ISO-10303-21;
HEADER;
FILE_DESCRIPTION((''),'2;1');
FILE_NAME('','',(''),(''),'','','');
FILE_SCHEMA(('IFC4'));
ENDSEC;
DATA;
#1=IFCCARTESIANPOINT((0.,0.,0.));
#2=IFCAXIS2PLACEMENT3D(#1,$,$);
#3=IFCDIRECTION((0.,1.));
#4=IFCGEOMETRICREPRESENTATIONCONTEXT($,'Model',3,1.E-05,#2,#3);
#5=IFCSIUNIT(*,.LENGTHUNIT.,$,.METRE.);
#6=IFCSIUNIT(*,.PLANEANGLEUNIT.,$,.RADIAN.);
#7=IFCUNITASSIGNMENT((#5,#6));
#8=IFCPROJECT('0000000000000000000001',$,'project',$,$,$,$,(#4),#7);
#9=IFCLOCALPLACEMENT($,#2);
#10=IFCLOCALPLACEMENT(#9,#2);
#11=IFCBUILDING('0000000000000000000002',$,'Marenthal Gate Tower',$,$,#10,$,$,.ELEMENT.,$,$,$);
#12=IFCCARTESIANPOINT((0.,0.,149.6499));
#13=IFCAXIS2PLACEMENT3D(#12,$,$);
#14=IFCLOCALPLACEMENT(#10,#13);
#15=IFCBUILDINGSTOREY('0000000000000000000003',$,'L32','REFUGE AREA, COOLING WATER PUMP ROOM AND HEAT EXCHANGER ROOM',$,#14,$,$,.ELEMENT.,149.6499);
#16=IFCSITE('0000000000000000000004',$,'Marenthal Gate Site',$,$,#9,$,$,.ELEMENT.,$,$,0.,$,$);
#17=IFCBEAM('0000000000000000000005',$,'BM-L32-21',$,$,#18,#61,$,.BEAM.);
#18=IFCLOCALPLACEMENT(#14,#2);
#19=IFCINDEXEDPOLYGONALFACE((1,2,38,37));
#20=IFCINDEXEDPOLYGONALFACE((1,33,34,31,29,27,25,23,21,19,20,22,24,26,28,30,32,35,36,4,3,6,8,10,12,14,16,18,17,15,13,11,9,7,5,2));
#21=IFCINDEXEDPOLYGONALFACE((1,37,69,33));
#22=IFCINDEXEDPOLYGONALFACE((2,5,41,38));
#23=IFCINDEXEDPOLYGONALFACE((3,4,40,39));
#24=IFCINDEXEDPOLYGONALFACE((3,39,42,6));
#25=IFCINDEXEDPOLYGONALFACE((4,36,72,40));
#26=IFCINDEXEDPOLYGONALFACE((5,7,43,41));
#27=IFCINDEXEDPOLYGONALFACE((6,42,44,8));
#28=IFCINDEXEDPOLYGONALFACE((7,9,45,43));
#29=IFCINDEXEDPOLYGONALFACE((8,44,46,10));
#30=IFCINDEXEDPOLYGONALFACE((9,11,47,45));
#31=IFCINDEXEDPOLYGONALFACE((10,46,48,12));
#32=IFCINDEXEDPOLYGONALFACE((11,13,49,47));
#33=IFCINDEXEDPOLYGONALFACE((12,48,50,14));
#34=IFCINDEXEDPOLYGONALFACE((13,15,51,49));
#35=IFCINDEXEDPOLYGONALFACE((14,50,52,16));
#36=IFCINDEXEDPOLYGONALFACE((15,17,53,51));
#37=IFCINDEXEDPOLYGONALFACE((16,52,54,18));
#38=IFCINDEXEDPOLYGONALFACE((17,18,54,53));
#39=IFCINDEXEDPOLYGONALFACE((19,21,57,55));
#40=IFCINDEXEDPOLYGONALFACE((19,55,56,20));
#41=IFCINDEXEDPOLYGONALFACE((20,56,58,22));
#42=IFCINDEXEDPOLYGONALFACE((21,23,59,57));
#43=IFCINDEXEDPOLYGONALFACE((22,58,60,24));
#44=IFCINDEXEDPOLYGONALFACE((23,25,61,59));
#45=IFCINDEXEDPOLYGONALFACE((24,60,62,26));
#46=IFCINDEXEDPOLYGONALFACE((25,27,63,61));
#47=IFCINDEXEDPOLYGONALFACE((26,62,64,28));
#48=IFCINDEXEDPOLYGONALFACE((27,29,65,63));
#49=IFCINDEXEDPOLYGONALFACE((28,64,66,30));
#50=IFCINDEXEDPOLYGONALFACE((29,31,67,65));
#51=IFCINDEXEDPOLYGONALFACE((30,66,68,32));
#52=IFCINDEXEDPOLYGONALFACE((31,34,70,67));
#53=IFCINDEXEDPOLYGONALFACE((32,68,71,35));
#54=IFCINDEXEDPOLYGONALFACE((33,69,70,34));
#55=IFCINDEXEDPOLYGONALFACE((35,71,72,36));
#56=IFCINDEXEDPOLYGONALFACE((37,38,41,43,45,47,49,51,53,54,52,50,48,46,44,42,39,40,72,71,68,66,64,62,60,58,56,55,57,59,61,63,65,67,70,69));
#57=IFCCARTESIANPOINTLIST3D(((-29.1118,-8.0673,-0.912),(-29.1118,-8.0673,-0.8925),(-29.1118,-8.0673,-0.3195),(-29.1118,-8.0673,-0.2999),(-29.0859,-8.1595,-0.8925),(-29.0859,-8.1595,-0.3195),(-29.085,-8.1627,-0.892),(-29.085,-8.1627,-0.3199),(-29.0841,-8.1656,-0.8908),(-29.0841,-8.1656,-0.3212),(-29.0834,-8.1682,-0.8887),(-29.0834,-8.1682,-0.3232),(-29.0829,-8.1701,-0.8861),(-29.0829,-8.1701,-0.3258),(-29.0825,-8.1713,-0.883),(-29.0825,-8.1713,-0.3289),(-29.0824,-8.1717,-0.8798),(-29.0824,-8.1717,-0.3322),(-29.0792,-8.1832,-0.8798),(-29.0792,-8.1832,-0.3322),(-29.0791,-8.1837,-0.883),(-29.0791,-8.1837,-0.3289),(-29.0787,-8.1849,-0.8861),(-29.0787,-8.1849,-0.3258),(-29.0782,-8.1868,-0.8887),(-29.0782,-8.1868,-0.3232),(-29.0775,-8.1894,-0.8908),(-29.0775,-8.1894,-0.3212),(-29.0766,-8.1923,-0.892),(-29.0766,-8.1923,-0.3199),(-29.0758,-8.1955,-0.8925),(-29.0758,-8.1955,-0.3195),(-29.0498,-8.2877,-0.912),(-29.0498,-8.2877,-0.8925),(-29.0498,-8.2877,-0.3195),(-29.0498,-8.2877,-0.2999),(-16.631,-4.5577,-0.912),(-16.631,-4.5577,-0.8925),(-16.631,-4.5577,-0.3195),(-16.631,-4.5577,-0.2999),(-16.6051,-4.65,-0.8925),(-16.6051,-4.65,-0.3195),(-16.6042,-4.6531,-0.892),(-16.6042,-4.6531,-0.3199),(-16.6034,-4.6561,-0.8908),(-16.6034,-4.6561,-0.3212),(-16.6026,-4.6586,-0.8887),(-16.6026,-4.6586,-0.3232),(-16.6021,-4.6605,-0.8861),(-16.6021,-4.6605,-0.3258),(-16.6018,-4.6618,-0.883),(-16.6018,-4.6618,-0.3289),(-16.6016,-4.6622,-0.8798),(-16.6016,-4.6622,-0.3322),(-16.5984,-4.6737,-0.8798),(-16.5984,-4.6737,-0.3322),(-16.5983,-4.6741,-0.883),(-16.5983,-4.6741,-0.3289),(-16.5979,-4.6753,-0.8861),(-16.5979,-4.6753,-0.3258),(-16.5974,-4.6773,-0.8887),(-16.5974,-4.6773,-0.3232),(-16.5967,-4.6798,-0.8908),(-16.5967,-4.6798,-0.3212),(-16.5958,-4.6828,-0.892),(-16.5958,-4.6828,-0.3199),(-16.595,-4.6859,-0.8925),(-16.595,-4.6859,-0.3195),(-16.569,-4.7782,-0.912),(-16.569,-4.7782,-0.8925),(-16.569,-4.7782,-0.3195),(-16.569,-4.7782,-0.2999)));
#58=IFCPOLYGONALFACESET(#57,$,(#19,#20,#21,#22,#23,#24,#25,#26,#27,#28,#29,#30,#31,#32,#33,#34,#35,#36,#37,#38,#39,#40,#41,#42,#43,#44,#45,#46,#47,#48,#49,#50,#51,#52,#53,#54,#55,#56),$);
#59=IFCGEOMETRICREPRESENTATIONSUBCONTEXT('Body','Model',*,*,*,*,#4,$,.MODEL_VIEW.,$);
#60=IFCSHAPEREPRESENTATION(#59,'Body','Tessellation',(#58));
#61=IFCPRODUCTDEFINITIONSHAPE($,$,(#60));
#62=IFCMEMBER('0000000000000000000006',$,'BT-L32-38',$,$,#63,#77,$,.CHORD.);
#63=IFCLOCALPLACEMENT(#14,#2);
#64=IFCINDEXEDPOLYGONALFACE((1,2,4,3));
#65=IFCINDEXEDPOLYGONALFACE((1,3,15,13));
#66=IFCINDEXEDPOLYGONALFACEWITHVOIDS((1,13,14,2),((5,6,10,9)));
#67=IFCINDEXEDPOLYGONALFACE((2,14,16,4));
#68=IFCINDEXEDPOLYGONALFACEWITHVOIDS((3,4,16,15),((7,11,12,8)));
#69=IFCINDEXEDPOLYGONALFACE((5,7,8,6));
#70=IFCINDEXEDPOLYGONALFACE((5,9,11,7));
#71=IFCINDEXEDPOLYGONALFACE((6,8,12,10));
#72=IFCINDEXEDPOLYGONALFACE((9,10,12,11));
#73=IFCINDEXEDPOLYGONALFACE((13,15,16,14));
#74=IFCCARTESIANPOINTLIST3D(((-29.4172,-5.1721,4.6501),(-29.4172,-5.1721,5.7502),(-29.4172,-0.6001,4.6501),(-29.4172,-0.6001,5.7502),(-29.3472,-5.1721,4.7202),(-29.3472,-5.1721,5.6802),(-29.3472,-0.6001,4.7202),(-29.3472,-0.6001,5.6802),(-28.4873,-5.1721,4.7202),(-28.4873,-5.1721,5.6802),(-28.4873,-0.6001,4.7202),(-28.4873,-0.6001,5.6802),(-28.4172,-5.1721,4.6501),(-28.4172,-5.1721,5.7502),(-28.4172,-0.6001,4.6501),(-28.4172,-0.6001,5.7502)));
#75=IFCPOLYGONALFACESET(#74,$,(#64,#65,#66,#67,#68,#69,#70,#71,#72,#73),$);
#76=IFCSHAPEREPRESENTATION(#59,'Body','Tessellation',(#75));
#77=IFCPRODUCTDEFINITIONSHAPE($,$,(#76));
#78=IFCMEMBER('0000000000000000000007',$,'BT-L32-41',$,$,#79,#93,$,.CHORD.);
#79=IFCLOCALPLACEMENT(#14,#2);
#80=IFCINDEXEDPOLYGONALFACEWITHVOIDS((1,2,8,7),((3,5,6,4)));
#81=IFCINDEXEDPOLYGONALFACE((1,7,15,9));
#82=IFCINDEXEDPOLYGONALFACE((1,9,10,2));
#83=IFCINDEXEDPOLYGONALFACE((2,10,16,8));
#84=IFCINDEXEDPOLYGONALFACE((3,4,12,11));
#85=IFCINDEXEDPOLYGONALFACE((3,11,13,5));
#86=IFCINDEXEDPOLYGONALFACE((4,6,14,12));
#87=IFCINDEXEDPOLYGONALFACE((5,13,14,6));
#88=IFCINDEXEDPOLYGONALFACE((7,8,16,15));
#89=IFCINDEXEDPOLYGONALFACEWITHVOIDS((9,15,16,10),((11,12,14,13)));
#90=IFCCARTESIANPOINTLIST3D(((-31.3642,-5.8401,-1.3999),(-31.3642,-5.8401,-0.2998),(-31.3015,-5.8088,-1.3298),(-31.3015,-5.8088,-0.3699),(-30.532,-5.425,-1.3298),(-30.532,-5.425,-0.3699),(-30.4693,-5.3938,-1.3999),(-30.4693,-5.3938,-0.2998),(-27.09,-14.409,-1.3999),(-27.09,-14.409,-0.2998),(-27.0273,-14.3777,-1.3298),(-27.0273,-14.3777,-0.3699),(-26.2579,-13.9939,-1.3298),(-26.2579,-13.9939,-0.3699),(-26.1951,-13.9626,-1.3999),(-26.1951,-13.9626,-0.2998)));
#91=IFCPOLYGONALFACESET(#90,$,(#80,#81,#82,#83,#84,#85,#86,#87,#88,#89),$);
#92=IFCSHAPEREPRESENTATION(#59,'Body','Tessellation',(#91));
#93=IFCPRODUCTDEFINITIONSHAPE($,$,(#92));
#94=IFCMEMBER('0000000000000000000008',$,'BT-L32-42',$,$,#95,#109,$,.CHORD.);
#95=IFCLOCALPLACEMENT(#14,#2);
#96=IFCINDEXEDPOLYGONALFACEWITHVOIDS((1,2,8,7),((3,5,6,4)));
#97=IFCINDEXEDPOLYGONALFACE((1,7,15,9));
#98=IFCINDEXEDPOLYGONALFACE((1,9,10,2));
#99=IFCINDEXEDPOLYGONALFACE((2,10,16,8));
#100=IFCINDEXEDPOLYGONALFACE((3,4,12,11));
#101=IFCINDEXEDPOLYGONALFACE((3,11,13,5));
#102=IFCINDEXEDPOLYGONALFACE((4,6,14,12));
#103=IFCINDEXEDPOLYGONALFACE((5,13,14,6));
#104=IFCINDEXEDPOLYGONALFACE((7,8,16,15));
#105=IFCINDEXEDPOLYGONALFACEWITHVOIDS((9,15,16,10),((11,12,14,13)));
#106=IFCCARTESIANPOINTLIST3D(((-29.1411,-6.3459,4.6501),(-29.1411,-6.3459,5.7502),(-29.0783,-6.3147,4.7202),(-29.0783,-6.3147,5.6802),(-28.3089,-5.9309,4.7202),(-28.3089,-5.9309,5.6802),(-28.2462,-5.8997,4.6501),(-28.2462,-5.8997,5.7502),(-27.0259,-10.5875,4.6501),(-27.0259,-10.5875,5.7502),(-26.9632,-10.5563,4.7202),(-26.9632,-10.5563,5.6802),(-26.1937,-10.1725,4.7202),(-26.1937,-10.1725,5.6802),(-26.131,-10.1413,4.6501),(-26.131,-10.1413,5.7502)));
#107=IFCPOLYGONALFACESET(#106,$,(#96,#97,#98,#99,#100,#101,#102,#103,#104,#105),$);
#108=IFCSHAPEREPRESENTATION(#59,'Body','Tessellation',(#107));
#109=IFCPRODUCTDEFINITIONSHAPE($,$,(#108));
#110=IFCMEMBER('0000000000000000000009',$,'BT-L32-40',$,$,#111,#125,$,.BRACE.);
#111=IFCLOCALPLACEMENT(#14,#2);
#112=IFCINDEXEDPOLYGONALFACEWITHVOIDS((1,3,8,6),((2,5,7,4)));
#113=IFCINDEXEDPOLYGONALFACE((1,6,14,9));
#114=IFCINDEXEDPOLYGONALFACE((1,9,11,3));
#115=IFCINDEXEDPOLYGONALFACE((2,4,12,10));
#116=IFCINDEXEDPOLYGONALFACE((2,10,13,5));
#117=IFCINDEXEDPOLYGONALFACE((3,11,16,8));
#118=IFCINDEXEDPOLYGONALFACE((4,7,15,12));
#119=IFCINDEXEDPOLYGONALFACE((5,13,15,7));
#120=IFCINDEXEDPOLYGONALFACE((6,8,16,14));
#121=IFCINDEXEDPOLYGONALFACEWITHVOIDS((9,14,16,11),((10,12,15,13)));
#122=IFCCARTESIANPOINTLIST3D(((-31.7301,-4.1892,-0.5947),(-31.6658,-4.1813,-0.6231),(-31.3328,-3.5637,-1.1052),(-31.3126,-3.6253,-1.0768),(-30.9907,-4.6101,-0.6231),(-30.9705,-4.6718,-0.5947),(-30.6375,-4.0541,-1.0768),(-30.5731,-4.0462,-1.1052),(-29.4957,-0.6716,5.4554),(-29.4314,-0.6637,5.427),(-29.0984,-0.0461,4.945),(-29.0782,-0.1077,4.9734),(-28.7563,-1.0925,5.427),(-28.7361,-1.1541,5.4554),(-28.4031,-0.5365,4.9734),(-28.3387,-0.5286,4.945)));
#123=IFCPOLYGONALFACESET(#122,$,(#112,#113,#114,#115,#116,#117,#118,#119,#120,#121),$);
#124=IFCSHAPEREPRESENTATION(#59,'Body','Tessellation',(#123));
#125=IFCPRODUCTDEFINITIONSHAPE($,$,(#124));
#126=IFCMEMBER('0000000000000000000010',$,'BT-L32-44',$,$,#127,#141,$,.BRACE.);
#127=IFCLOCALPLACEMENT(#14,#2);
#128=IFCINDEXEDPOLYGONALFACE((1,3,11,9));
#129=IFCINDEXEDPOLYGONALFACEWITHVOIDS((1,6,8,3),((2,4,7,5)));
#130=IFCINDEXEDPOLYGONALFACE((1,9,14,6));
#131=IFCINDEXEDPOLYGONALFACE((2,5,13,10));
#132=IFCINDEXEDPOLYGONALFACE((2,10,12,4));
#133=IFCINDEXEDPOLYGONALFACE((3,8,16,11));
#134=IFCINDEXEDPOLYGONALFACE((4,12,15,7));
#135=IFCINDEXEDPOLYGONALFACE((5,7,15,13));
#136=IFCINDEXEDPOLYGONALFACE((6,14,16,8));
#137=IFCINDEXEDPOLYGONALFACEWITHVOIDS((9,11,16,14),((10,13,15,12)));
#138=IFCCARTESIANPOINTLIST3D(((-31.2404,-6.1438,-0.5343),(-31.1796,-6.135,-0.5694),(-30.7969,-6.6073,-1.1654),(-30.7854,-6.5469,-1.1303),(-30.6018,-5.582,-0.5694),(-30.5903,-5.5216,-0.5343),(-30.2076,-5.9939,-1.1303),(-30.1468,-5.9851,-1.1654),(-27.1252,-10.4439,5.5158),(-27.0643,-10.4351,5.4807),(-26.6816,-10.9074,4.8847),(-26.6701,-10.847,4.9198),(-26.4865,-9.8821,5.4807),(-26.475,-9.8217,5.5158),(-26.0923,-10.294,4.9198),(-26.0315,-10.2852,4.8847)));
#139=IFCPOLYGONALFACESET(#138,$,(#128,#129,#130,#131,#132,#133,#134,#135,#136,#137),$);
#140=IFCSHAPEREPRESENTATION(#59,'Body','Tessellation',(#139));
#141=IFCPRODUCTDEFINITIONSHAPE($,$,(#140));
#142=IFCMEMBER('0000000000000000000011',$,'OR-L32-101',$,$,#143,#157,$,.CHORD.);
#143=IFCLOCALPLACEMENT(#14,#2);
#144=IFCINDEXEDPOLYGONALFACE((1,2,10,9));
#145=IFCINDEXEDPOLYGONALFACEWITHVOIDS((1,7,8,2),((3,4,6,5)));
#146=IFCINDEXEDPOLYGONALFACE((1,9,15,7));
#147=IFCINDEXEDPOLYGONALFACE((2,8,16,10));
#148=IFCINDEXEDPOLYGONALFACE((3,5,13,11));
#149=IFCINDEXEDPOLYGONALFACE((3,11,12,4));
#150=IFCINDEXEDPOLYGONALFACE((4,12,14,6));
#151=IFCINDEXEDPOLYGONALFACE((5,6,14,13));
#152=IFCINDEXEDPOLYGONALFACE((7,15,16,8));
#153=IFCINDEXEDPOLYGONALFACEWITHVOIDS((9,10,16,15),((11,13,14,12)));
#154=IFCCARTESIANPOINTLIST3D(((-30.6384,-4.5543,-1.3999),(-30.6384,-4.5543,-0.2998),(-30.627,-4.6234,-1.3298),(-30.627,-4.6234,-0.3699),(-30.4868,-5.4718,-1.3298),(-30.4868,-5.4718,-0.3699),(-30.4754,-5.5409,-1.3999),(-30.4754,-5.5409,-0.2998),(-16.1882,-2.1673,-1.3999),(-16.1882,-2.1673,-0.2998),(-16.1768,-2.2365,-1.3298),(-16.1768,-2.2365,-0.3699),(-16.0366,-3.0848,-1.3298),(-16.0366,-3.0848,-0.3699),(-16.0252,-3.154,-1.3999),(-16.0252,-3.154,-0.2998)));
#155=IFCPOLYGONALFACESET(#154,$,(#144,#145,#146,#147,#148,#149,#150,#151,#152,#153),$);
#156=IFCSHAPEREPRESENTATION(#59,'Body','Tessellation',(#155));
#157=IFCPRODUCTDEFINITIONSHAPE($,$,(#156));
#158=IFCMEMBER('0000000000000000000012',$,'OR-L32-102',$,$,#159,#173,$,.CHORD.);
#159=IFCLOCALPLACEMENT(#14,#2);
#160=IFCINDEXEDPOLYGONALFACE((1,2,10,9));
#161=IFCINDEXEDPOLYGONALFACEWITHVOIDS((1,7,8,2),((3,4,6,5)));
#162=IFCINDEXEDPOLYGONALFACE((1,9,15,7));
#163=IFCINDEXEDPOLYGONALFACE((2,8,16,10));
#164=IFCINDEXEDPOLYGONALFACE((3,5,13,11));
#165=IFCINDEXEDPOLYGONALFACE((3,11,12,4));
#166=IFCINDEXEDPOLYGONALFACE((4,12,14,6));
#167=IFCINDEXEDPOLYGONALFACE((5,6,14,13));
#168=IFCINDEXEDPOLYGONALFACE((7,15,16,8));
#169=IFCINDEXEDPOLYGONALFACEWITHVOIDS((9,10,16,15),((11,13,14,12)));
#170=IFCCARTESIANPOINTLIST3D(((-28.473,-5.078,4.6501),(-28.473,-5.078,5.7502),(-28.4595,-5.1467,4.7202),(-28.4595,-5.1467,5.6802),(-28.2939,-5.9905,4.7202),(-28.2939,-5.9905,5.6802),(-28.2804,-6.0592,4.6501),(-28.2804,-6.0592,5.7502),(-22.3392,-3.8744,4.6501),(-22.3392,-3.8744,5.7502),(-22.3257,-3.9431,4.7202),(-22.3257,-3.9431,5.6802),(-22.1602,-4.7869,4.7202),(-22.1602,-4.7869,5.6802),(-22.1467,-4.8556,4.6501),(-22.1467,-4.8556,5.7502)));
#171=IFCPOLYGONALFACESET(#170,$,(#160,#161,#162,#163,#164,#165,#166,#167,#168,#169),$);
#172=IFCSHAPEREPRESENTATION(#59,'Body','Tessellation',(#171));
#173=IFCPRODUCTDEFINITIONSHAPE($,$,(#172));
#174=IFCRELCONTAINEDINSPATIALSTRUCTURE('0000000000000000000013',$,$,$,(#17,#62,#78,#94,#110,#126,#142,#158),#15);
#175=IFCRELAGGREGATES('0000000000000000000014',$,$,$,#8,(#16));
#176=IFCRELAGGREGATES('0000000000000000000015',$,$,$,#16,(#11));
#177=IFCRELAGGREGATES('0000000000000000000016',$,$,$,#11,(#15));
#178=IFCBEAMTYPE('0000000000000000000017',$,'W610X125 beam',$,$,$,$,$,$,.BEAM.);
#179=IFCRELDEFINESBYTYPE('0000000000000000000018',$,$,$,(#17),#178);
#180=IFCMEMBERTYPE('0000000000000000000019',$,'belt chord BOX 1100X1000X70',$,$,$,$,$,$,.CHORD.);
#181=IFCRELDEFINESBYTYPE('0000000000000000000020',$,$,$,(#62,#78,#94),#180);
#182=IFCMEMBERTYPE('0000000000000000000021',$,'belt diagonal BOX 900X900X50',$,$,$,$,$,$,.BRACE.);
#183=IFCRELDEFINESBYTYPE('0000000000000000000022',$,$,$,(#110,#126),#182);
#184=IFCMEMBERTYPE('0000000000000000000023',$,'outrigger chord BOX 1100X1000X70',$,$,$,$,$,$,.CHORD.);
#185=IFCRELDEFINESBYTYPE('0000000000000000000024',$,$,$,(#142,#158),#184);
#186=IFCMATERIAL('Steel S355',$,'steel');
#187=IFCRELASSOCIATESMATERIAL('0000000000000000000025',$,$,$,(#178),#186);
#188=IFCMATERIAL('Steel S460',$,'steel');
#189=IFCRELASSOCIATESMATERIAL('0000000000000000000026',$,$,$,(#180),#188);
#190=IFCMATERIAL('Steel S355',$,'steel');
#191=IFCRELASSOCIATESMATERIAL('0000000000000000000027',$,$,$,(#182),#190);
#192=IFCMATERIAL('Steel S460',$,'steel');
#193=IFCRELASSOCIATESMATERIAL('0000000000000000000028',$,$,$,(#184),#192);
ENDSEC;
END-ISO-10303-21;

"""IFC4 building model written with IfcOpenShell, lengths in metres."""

from ifc_helpers import new_model, si_unit, direction, frame, origin, origin_2d, place, context, subcontext, project, spatial, hollow_rectangle, i_section, extrude, material, material_profile, profile_set, type_object, element, save


model = new_model("IFC4")

# Units and contexts
model_context = context("Model", 3, precision=1e-05, world=origin(), true_north=direction((0.0, 1.0)))
body_context = subcontext(model_context, "Body", "Model", "MODEL_VIEW")
ifc_project = project(units=[si_unit("LENGTHUNIT", "METRE"), si_unit("PLANEANGLEUNIT", "RADIAN")], contexts=[model_context])

# Site, building, storey
site_placement = place(None, origin())
site = spatial("IfcSite", under=ifc_project, at=site_placement, Name="Marenthal Gate Site", CompositionType="ELEMENT", RefElevation=0.0)
building_placement = place(site_placement, origin())
building = spatial("IfcBuilding", under=site, at=building_placement, Name="Marenthal Gate Tower", CompositionType="ELEMENT")
storey_placement = place(building_placement, frame((0.0, 0.0, 149.6499)))
storey = spatial("IfcBuildingStorey", under=building, at=storey_placement, Name="L32", Description="REFUGE AREA, COOLING WATER PUMP ROOM AND HEAT EXCHANGER ROOM", CompositionType="ELEMENT", Elevation=149.6499)

# Beam
ifc_material_1 = material(Name="Steel S355", Category="steel")
ifc_material_profile_1 = material_profile(ifc_material_1, i_section(OverallWidth=0.229, OverallDepth=0.6121, WebThickness=0.012, FlangeThickness=0.0195, FilletRadius=0.0127, at=origin_2d()), Name="W610X125")
ifc_profile_set_1 = profile_set([ifc_material_profile_1], Name="Steel S355")
beam_type = type_object("IfcBeamType", Name="W610X125 beam", PredefinedType="BEAM", material=ifc_profile_set_1)
beam_placement = place(storey_placement, frame((-29.0808, -8.1775, -0.606), z_axis=(0.962665, 0.270697, 0.0), x_axis=(-0.270697, 0.962665, 0.0)))
element("IfcBeam", 1, at=beam_placement, inside=storey, type_object=beam_type, Name="BM-L32-21", PredefinedType="BEAM", context=body_context, shape_type="SweptSolid", body=[
    extrude(i_section(OverallWidth=0.229, OverallDepth=0.6121, WebThickness=0.012, FlangeThickness=0.0195, FilletRadius=0.0127, at=origin_2d()), origin(), (0.0, 0.0, 1.0), 12.9648),
])

# Members
ifc_material_2 = material(Name="Steel S460", Category="steel")
ifc_material_profile_2 = material_profile(ifc_material_2, hollow_rectangle(XDim=1.0, YDim=1.1001, WallThickness=0.0701, at=origin_2d()), Name="BOX 1100X1000X70")
ifc_profile_set_2 = profile_set([ifc_material_profile_2], Name="Steel S460")
member_type_1 = type_object("IfcMemberType", Name="belt chord BOX 1100X1000X70", PredefinedType="CHORD", material=ifc_profile_set_2)
member_1_placement = place(storey_placement, frame((-28.9172, -0.6001, 5.2002), z_axis=(0.0, -1.0, 0.0), x_axis=(1.0, 0.0, 0.0)))
element("IfcMember", 2, at=member_1_placement, inside=storey, type_object=member_type_1, Name="BT-L32-38", PredefinedType="CHORD", context=body_context, shape_type="SweptSolid", body=[
    extrude(hollow_rectangle(XDim=1.0, YDim=1.1001, WallThickness=0.0701, at=origin_2d()), origin(), (0.0, 0.0, 1.0), 4.572),
])
member_2_placement = place(storey_placement, frame((-30.9167, -5.6169, -0.8499), z_axis=(0.446357, -0.894855, 0.0), x_axis=(0.894855, 0.446357, 0.0)))
element("IfcMember", 3, at=member_2_placement, inside=storey, type_object=member_type_1, Name="BT-L32-41", PredefinedType="CHORD", context=body_context, shape_type="SweptSolid", body=[
    extrude(hollow_rectangle(XDim=1.0, YDim=1.1001, WallThickness=0.0701, at=origin_2d()), origin(), (0.0, 0.0, 1.0), 9.5757),
])
member_3_placement = place(storey_placement, frame((-28.6936, -6.1228, 5.2002), z_axis=(0.446266, -0.894901, 0.0), x_axis=(0.894901, 0.446266, 0.0)))
element("IfcMember", 4, at=member_3_placement, inside=storey, type_object=member_type_1, Name="BT-L32-42", PredefinedType="CHORD", context=body_context, shape_type="SweptSolid", body=[
    extrude(hollow_rectangle(XDim=1.0, YDim=1.1001, WallThickness=0.0701, at=origin_2d()), origin(), (0.0, 0.0, 1.0), 4.7397),
])
ifc_material_3 = material(Name="Steel S355", Category="steel")
ifc_material_profile_3 = material_profile(ifc_material_3, hollow_rectangle(XDim=0.8999, YDim=0.8999, WallThickness=0.05, at=origin_2d()), Name="BOX 900X900X50")
ifc_profile_set_3 = profile_set([ifc_material_profile_3], Name="Steel S355")
member_type_2 = type_object("IfcMemberType", Name="belt diagonal BOX 900X900X50", PredefinedType="BRACE", material=ifc_profile_set_3)
member_4_placement = place(storey_placement, frame((-28.9172, -0.6001, 5.2002), z_axis=(-0.304148, -0.47882, -0.823545), x_axis=(0.844105, -0.536178, 0.0)))
element("IfcMember", 5, at=member_4_placement, inside=storey, type_object=member_type_2, Name="BT-L32-40", PredefinedType="BRACE", context=body_context, shape_type="SweptSolid", body=[
    extrude(hollow_rectangle(XDim=0.8999, YDim=0.8999, WallThickness=0.05, at=origin_2d()), origin(), (0.0, 0.0, 1.0), 7.3464),
])
member_5_placement = place(storey_placement, frame((-30.6936, -6.0645, -0.8499), z_axis=(0.484889, -0.506665, 0.712863), x_axis=(0.722462, 0.691411, 0.0)))
element("IfcMember", 6, at=member_5_placement, inside=storey, type_object=member_type_2, Name="BT-L32-44", PredefinedType="BRACE", context=body_context, shape_type="SweptSolid", body=[
    extrude(hollow_rectangle(XDim=0.8999, YDim=0.8999, WallThickness=0.05, at=origin_2d()), origin(), (0.0, 0.0, 1.0), 8.4871),
])
ifc_material_4 = material(Name="Steel S460", Category="steel")
ifc_material_profile_4 = material_profile(ifc_material_4, hollow_rectangle(XDim=1.0, YDim=1.1001, WallThickness=0.0701, at=origin_2d()), Name="BOX 1100X1000X70")
ifc_profile_set_4 = profile_set([ifc_material_profile_4], Name="Steel S460")
member_type_3 = type_object("IfcMemberType", Name="outrigger chord BOX 1100X1000X70", PredefinedType="CHORD", material=ifc_profile_set_4)
member_6_placement = place(storey_placement, frame((-30.5569, -5.0476, -0.8499), z_axis=(0.98663, 0.162977, 0.0), x_axis=(-0.162977, 0.98663, 0.0)))
element("IfcMember", 7, at=member_6_placement, inside=storey, type_object=member_type_3, Name="OR-L32-101", PredefinedType="CHORD", context=body_context, shape_type="SweptSolid", body=[
    extrude(hollow_rectangle(XDim=1.0, YDim=1.1001, WallThickness=0.0701, at=origin_2d()), origin(), (0.0, 0.0, 1.0), 14.646),
])
member_7_placement = place(storey_placement, frame((-28.3767, -5.5686, 5.2002), z_axis=(0.981286, 0.192555, 0.0), x_axis=(-0.192555, 0.981286, 0.0)))
element("IfcMember", 8, at=member_7_placement, inside=storey, type_object=member_type_3, Name="OR-L32-102", PredefinedType="CHORD", context=body_context, shape_type="SweptSolid", body=[
    extrude(hollow_rectangle(XDim=1.0, YDim=1.1001, WallThickness=0.0701, at=origin_2d()), origin(), (0.0, 0.0, 1.0), 6.2507),
])

save(model, "model.ifc")
